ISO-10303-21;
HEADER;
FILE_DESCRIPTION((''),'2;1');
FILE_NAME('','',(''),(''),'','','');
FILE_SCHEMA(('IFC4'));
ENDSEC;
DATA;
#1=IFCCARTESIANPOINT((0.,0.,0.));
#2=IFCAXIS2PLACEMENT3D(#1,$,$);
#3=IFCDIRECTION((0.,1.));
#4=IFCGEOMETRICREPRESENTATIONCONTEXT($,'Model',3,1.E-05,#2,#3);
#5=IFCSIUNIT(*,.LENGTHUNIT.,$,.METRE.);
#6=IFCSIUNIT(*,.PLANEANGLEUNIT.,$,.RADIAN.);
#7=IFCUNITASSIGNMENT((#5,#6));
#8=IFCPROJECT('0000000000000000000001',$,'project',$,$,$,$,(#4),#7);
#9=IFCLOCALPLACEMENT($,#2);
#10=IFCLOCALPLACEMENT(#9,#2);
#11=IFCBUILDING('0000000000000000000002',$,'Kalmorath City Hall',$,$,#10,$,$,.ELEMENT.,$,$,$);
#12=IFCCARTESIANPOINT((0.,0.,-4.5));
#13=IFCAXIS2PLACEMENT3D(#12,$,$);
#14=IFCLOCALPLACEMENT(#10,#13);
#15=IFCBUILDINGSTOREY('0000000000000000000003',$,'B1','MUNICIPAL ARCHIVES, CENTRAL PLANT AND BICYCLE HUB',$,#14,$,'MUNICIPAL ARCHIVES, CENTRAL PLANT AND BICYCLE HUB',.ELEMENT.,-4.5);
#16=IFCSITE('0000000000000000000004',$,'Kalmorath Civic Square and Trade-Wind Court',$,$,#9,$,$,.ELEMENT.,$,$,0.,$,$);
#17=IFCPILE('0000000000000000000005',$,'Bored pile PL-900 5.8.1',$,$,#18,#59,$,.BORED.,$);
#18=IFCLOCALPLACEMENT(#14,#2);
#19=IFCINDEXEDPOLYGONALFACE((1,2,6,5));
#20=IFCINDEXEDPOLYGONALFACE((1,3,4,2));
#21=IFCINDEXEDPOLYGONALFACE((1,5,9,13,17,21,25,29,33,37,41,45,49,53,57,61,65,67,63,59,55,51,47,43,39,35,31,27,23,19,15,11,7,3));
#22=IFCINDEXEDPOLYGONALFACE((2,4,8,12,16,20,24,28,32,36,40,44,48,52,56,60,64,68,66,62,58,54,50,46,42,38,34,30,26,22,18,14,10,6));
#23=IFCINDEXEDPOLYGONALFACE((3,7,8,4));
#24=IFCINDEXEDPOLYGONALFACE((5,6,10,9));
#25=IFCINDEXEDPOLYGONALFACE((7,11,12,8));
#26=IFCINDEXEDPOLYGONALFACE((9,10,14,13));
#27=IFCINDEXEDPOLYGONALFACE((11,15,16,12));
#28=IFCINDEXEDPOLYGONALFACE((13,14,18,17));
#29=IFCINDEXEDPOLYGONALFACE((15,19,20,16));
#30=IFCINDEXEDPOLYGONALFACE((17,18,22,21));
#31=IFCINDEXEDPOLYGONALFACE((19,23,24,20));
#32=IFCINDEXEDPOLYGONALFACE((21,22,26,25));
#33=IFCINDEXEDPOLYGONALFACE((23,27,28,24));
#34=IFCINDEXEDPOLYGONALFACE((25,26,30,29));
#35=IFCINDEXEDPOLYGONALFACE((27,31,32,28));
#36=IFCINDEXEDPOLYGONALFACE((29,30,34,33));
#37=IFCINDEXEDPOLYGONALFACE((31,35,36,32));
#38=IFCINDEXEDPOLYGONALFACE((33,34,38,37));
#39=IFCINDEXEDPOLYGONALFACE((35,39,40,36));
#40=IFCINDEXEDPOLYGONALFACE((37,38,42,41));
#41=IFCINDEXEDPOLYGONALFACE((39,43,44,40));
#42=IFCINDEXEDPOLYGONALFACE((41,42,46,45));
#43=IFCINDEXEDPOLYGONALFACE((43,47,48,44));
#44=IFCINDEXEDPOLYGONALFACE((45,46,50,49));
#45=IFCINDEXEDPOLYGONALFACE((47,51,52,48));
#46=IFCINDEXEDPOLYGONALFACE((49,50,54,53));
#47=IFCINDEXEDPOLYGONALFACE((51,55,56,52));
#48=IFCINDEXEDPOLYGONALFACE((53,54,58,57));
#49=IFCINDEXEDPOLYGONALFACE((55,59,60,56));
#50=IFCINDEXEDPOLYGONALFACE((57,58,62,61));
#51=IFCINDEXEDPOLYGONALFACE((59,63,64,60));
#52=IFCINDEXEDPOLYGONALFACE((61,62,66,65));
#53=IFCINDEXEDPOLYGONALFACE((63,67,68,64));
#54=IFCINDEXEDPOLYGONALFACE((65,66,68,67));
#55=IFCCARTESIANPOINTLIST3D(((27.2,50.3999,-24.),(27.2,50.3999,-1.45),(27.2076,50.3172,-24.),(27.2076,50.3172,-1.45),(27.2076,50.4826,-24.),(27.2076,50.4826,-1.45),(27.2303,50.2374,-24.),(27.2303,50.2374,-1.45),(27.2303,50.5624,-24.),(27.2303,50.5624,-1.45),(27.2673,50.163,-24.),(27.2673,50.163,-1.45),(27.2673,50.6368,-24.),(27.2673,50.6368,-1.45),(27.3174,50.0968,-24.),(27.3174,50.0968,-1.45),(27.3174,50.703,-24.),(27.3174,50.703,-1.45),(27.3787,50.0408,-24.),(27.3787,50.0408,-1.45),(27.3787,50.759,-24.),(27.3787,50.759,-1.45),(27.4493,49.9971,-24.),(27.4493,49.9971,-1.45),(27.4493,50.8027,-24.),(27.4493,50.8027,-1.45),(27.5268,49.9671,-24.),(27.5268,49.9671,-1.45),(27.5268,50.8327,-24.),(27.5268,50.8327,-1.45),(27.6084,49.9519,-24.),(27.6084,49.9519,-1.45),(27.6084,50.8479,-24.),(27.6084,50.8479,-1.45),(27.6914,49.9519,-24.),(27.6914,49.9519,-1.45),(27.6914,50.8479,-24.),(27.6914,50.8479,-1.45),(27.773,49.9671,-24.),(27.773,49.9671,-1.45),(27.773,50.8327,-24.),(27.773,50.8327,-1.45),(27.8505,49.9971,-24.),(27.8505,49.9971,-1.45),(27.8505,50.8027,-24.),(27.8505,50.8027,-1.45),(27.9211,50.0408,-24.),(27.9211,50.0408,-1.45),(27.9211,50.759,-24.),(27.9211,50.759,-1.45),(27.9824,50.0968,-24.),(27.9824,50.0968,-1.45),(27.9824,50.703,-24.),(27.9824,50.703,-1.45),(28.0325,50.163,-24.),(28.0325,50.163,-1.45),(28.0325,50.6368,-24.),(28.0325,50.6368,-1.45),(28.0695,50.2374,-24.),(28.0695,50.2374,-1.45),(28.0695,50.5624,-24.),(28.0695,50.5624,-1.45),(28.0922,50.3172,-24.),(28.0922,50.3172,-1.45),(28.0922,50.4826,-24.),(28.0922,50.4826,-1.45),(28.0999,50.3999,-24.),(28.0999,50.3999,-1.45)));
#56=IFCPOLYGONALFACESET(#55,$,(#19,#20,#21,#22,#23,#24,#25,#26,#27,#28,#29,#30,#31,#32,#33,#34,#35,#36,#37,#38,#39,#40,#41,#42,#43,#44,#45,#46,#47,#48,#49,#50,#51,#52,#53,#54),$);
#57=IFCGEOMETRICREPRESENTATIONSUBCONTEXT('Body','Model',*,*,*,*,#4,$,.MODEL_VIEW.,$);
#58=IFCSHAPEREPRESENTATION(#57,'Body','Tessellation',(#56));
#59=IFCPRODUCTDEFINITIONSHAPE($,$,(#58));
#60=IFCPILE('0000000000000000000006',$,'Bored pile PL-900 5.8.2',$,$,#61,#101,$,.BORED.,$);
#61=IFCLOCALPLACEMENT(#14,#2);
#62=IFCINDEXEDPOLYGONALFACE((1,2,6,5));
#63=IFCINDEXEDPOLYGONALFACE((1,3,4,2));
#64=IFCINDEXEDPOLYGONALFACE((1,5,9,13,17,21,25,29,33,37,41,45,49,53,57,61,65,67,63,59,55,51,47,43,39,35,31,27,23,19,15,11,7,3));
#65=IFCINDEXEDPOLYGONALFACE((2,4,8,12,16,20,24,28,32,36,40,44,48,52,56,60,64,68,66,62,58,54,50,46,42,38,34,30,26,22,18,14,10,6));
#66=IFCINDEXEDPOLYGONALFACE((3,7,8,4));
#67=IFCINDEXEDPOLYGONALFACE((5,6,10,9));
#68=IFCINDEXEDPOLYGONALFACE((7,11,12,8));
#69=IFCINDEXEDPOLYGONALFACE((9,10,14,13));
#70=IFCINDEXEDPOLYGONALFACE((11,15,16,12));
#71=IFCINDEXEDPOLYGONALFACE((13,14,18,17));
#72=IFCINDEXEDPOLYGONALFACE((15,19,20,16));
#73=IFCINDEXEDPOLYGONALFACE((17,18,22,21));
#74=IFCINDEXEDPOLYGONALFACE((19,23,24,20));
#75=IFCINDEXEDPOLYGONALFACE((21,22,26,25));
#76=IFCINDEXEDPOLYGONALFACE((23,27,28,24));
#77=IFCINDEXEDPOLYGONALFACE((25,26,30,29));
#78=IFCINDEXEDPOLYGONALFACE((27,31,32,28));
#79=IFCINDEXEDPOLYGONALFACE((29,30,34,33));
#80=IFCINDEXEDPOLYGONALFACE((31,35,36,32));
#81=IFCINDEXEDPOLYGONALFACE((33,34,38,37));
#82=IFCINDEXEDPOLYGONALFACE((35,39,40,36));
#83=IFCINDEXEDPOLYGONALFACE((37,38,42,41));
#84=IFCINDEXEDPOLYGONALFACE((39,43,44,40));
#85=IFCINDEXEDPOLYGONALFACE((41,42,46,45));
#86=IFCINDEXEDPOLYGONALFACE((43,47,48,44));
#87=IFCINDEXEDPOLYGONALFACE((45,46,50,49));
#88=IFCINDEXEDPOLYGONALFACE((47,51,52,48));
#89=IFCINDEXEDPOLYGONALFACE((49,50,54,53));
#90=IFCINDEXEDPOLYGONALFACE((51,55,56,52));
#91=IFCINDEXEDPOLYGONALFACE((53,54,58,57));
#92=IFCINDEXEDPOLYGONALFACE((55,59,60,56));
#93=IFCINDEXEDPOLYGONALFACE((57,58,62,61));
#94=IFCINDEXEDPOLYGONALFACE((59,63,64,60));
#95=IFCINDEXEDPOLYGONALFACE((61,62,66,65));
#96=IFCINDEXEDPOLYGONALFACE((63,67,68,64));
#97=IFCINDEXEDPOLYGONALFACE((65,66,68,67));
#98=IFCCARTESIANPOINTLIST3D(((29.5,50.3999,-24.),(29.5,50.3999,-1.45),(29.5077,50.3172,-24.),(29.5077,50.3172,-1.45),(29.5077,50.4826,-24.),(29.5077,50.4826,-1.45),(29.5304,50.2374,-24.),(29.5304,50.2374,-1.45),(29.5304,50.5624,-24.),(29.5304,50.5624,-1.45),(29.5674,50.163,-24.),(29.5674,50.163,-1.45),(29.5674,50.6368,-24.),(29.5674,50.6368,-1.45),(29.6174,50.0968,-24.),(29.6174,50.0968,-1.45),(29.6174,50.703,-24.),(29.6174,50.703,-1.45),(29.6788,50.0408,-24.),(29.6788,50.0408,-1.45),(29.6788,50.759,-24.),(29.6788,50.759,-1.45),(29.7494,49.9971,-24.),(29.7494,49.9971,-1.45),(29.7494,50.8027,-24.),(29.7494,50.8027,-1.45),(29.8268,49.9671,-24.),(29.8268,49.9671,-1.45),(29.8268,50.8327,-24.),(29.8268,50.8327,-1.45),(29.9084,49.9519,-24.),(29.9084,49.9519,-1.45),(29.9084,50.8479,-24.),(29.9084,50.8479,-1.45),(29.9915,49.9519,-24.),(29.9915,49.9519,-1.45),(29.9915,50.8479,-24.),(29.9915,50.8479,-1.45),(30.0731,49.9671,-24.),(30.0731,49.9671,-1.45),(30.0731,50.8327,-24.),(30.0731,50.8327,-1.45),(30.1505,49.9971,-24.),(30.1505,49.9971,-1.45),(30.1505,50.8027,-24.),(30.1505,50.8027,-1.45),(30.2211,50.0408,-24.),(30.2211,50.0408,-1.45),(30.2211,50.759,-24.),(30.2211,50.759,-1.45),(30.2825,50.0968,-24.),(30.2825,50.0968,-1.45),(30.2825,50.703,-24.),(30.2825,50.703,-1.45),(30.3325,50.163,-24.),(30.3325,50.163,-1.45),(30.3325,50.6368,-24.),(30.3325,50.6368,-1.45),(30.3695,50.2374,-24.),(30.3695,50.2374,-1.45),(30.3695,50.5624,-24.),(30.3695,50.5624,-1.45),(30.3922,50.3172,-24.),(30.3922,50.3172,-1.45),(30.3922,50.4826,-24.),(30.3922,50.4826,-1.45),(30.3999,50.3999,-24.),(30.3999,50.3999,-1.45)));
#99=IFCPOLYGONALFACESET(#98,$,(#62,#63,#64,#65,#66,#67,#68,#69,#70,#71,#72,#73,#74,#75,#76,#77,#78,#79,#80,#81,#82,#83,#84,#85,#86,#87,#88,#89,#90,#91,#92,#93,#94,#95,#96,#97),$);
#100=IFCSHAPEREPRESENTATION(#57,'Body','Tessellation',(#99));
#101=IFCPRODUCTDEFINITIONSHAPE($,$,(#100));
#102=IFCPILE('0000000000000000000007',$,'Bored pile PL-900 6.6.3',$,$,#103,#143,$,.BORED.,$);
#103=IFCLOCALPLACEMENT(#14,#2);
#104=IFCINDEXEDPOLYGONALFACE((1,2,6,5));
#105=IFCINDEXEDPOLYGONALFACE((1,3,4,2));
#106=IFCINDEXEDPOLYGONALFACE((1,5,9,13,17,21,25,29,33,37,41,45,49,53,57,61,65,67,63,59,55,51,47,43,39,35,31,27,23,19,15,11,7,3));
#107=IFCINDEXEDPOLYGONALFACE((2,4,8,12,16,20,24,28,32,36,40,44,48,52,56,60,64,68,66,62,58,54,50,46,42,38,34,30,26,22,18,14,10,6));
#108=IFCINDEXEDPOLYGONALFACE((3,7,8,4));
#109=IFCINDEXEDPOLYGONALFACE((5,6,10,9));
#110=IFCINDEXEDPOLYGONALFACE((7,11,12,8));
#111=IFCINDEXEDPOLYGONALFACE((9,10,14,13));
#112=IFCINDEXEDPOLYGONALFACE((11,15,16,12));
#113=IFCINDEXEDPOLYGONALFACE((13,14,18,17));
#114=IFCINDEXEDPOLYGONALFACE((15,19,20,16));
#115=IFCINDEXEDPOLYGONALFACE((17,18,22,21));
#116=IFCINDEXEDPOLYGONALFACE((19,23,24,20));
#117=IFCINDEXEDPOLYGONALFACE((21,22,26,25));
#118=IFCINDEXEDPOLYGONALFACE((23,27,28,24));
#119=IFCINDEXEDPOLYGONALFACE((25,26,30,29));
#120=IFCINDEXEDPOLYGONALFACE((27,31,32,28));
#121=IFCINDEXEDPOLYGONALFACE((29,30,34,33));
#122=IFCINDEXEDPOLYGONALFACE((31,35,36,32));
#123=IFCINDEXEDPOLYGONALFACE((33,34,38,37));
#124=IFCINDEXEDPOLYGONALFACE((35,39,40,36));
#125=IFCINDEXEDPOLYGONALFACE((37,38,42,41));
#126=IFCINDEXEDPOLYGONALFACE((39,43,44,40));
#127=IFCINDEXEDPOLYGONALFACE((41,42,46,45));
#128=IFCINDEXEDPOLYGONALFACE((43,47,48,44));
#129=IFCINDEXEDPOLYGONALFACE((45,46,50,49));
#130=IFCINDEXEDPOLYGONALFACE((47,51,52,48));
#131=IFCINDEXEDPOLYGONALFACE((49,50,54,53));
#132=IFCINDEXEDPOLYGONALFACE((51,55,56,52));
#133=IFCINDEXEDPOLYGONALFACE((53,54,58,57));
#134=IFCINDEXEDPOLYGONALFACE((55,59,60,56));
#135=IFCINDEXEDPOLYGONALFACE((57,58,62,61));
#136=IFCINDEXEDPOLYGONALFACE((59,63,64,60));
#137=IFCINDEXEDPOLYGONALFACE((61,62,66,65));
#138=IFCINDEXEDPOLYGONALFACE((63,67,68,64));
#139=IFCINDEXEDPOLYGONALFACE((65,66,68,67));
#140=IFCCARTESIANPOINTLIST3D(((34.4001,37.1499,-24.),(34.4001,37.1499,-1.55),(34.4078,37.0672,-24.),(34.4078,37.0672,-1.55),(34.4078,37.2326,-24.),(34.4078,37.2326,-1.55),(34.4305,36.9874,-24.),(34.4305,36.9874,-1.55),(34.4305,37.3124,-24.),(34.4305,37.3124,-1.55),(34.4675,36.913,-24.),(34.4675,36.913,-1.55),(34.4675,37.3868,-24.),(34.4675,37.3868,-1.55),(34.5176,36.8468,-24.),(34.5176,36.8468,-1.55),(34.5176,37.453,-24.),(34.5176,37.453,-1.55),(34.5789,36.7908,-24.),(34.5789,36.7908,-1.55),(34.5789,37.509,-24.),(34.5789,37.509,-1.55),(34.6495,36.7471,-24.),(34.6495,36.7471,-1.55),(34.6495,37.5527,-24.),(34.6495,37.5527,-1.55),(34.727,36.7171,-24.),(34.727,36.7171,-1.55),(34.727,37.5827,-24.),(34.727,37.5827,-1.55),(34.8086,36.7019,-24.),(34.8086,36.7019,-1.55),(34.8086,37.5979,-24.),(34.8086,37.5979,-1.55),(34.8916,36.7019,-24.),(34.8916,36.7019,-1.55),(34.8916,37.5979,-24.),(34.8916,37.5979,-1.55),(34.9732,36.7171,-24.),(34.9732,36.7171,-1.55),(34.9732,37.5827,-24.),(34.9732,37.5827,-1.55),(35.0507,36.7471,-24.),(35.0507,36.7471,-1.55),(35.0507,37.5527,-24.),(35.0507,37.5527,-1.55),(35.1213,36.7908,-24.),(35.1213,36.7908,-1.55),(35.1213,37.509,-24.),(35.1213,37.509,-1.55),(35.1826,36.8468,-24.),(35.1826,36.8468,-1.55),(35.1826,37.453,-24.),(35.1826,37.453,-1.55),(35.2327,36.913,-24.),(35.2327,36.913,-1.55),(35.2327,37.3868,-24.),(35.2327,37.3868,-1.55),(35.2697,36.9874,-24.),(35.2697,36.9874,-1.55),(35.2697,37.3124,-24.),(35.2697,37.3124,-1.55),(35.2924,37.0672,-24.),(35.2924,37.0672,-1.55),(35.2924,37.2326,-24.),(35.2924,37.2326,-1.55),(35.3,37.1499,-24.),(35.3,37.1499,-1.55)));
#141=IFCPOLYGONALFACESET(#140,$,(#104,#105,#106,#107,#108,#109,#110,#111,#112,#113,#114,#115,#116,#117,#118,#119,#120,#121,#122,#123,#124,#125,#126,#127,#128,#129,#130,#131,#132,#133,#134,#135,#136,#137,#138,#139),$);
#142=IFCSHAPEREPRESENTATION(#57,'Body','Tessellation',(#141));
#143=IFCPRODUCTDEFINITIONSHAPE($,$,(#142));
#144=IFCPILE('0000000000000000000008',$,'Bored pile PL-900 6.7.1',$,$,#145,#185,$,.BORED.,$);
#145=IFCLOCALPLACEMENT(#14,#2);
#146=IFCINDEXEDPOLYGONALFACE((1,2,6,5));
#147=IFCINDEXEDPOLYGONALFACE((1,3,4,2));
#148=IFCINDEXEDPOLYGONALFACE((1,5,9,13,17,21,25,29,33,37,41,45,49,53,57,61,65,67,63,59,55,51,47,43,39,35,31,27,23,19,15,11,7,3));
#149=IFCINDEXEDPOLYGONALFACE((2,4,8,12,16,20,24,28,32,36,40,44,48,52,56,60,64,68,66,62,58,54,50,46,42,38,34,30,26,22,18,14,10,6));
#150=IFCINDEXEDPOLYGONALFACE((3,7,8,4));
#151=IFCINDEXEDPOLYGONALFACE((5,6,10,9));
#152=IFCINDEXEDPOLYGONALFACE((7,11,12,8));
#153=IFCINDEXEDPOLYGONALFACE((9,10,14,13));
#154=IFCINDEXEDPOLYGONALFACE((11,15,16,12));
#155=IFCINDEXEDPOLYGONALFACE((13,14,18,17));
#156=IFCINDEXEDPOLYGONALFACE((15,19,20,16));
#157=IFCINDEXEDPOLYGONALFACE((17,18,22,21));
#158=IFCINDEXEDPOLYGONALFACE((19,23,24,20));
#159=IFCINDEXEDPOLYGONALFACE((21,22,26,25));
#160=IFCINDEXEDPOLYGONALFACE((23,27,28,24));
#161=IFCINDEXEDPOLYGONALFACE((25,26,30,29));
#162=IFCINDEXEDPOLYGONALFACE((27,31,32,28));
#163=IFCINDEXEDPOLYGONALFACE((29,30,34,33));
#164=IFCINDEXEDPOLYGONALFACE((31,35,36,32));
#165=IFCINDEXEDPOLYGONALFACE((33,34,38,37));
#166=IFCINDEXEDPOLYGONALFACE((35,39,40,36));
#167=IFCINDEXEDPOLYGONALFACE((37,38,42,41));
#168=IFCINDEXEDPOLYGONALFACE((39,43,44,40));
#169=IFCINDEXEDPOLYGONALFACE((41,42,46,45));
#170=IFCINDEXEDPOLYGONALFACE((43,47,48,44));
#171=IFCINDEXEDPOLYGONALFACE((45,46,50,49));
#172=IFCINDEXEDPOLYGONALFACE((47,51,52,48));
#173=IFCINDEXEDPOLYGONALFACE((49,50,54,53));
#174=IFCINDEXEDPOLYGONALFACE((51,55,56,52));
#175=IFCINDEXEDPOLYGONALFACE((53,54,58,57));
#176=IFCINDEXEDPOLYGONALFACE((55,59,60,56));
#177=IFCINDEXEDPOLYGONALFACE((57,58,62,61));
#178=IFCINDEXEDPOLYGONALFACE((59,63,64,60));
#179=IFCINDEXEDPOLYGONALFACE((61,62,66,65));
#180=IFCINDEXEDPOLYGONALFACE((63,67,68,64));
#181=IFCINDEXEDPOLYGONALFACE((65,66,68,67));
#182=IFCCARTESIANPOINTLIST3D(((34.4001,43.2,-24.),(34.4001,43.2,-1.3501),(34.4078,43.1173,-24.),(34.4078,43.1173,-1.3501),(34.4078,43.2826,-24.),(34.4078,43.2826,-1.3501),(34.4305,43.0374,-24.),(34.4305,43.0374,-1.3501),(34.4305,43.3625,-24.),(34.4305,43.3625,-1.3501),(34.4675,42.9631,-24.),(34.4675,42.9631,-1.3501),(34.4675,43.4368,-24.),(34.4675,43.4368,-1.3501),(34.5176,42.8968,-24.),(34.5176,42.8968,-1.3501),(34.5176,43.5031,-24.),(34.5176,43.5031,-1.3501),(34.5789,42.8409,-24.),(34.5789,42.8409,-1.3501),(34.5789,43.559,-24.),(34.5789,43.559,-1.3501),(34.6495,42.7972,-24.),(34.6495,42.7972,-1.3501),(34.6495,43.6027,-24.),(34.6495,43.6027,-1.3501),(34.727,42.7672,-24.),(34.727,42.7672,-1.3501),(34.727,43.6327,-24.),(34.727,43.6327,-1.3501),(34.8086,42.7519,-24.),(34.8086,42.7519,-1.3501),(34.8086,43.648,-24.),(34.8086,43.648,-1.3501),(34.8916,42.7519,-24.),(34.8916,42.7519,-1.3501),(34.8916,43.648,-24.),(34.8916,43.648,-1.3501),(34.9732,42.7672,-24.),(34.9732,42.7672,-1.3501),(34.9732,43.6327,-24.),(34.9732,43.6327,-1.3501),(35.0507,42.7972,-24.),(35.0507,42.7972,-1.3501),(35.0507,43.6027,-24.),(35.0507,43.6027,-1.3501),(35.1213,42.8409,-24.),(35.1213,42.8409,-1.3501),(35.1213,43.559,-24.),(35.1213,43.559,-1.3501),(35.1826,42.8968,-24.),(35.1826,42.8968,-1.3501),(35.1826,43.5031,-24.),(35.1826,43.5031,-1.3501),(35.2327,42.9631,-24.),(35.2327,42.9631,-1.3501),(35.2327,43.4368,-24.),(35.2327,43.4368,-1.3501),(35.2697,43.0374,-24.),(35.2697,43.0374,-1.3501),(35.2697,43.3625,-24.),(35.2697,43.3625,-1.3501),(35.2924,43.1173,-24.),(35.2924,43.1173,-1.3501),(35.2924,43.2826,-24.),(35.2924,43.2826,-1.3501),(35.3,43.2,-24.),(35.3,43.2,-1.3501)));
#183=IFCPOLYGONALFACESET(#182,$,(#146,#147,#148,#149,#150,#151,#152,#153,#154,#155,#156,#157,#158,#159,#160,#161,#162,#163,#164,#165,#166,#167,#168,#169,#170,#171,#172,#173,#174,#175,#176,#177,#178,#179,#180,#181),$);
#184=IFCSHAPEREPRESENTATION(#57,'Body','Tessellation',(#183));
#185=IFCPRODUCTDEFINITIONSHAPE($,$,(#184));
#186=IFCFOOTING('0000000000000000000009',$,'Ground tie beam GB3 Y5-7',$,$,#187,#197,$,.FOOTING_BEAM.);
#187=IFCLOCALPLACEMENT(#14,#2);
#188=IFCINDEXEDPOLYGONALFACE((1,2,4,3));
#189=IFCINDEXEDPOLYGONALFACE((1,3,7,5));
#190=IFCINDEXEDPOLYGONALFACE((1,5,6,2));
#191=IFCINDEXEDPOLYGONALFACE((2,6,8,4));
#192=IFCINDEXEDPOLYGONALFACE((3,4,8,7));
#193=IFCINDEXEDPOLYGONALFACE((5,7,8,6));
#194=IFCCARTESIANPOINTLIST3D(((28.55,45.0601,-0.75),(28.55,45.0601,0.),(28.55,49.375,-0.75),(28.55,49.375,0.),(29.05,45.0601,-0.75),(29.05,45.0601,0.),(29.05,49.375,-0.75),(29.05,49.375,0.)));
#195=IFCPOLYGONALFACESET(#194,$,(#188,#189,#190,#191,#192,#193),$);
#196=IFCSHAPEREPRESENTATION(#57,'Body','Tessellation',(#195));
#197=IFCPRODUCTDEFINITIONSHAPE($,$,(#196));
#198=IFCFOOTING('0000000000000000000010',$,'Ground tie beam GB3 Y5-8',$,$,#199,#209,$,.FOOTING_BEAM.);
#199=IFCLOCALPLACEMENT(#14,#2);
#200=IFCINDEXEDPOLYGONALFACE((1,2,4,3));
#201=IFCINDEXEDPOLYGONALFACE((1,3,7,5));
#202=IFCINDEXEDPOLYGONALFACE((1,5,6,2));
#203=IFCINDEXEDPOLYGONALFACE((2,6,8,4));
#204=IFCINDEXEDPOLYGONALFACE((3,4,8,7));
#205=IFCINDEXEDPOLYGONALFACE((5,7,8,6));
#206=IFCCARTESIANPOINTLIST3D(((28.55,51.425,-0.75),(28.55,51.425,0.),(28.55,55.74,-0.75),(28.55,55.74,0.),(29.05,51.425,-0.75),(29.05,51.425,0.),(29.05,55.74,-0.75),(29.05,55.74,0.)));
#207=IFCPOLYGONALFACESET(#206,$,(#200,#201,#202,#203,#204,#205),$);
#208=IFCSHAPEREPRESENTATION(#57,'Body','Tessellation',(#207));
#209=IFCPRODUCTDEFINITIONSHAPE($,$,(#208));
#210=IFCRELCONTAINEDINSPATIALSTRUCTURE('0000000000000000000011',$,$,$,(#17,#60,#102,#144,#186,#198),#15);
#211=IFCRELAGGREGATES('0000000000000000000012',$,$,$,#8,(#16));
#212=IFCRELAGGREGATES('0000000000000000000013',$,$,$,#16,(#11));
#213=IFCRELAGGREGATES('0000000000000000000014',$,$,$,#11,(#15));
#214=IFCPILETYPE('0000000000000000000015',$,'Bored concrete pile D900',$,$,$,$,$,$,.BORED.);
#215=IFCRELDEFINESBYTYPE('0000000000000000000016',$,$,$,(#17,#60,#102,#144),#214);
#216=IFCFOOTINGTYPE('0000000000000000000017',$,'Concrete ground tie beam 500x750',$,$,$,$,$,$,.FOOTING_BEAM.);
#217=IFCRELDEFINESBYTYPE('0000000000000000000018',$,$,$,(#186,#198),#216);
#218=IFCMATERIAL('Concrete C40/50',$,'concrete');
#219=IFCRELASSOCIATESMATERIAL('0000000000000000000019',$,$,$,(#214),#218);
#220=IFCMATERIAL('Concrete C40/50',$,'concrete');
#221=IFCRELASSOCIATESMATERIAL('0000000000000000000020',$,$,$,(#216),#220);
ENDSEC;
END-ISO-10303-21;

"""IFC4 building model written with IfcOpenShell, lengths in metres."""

from ifc_helpers import new_model, si_unit, direction, frame, origin, origin_2d, place, context, subcontext, project, spatial, rectangle, circle, extrude, material, material_profile, profile_set, type_object, element, save


model = new_model("IFC4")

# Units and contexts
model_context = context("Model", 3, precision=1e-05, world=origin(), true_north=direction((0.0, 1.0)))
body_context = subcontext(model_context, "Body", "Model", "MODEL_VIEW")
ifc_project = project(units=[si_unit("LENGTHUNIT", "METRE"), si_unit("PLANEANGLEUNIT", "RADIAN")], contexts=[model_context])

# Site, building, storey
site_placement = place(None, origin())
site = spatial("IfcSite", under=ifc_project, at=site_placement, Name="Kalmorath Civic Square and Trade-Wind Court", CompositionType="ELEMENT", RefElevation=0.0)
building_placement = place(site_placement, origin())
building = spatial("IfcBuilding", under=site, at=building_placement, Name="Kalmorath City Hall", CompositionType="ELEMENT")
storey_placement = place(building_placement, frame((0.0, 0.0, -4.5)))
storey = spatial("IfcBuildingStorey", under=building, at=storey_placement, Name="B1", Description="MUNICIPAL ARCHIVES, CENTRAL PLANT AND BICYCLE HUB", LongName="MUNICIPAL ARCHIVES, CENTRAL PLANT AND BICYCLE HUB", CompositionType="ELEMENT", Elevation=-4.5)

# Piles
ifc_material_1 = material(Name="Concrete C40/50", Category="concrete")
ifc_material_profile_1 = material_profile(ifc_material_1, circle(Radius=0.45, at=origin_2d()), Name="PILE-D900")
ifc_profile_set_1 = profile_set([ifc_material_profile_1], Name="Concrete C40/50")
pile_type = type_object("IfcPileType", Name="Bored concrete pile D900", PredefinedType="BORED", material=ifc_profile_set_1)
for number, where, z_axis, x_axis, name in (
    (1, (27.6499, 50.3999, -1.45), (0.0, 0.0, -1.0), (1.0, 0.0, 0.0), "Bored pile PL-900 5.8.1"),
    (2, (29.95, 50.3999, -1.45), (0.0, 0.0, -1.0), (1.0, 0.0, 0.0), "Bored pile PL-900 5.8.2"),
):
    element("IfcPile", number, at=place(storey_placement, frame(where, z_axis=z_axis, x_axis=x_axis)), inside=storey, type_object=pile_type, Name=name, PredefinedType="BORED", context=body_context, shape_type="SweptSolid", body=[
        extrude(circle(Radius=0.45, at=origin_2d()), origin(), (0.0, 0.0, 1.0), 22.55),
    ])
pile_1_placement = place(storey_placement, frame((34.8501, 37.1499, -1.55), z_axis=(0.0, 0.0, -1.0), x_axis=(1.0, 0.0, 0.0)))
element("IfcPile", 3, at=pile_1_placement, inside=storey, type_object=pile_type, Name="Bored pile PL-900 6.6.3", PredefinedType="BORED", context=body_context, shape_type="SweptSolid", body=[
    extrude(circle(Radius=0.45, at=origin_2d()), origin(), (0.0, 0.0, 1.0), 22.45),
])
pile_2_placement = place(storey_placement, frame((34.8501, 43.2, -1.3501), z_axis=(0.0, 0.0, -1.0), x_axis=(1.0, 0.0, 0.0)))
element("IfcPile", 4, at=pile_2_placement, inside=storey, type_object=pile_type, Name="Bored pile PL-900 6.7.1", PredefinedType="BORED", context=body_context, shape_type="SweptSolid", body=[
    extrude(circle(Radius=0.45, at=origin_2d()), origin(), (0.0, 0.0, 1.0), 22.6499),
])

# Footings
ifc_material_2 = material(Name="Concrete C40/50", Category="concrete")
ifc_material_profile_2 = material_profile(ifc_material_2, rectangle(XDim=0.5, YDim=0.75, at=origin_2d()), Name="RC-BM-500X750")
ifc_profile_set_2 = profile_set([ifc_material_profile_2], Name="Concrete C40/50")
footing_type_1 = type_object("IfcFootingType", Name="Concrete ground tie beam 500x750", PredefinedType="FOOTING_BEAM", material=ifc_profile_set_2)
for number, where, z_axis, x_axis, name in (
    (5, (28.8, 45.0601, -0.375), (0.0, 1.0, 0.0), (-1.0, 0.0, 0.0), "Ground tie beam GB3 Y5-7"),
    (6, (28.8, 51.425, -0.375), (0.0, 1.0, 0.0), (-1.0, 0.0, 0.0), "Ground tie beam GB3 Y5-8"),
):
    element("IfcFooting", number, at=place(storey_placement, frame(where, z_axis=z_axis, x_axis=x_axis)), inside=storey, type_object=footing_type_1, Name=name, PredefinedType="FOOTING_BEAM", context=body_context, shape_type="SweptSolid", body=[
        extrude(rectangle(XDim=0.5, YDim=0.75, at=origin_2d()), origin(), (0.0, 0.0, 1.0), 4.3149),
    ])

save(model, "model.ifc")
